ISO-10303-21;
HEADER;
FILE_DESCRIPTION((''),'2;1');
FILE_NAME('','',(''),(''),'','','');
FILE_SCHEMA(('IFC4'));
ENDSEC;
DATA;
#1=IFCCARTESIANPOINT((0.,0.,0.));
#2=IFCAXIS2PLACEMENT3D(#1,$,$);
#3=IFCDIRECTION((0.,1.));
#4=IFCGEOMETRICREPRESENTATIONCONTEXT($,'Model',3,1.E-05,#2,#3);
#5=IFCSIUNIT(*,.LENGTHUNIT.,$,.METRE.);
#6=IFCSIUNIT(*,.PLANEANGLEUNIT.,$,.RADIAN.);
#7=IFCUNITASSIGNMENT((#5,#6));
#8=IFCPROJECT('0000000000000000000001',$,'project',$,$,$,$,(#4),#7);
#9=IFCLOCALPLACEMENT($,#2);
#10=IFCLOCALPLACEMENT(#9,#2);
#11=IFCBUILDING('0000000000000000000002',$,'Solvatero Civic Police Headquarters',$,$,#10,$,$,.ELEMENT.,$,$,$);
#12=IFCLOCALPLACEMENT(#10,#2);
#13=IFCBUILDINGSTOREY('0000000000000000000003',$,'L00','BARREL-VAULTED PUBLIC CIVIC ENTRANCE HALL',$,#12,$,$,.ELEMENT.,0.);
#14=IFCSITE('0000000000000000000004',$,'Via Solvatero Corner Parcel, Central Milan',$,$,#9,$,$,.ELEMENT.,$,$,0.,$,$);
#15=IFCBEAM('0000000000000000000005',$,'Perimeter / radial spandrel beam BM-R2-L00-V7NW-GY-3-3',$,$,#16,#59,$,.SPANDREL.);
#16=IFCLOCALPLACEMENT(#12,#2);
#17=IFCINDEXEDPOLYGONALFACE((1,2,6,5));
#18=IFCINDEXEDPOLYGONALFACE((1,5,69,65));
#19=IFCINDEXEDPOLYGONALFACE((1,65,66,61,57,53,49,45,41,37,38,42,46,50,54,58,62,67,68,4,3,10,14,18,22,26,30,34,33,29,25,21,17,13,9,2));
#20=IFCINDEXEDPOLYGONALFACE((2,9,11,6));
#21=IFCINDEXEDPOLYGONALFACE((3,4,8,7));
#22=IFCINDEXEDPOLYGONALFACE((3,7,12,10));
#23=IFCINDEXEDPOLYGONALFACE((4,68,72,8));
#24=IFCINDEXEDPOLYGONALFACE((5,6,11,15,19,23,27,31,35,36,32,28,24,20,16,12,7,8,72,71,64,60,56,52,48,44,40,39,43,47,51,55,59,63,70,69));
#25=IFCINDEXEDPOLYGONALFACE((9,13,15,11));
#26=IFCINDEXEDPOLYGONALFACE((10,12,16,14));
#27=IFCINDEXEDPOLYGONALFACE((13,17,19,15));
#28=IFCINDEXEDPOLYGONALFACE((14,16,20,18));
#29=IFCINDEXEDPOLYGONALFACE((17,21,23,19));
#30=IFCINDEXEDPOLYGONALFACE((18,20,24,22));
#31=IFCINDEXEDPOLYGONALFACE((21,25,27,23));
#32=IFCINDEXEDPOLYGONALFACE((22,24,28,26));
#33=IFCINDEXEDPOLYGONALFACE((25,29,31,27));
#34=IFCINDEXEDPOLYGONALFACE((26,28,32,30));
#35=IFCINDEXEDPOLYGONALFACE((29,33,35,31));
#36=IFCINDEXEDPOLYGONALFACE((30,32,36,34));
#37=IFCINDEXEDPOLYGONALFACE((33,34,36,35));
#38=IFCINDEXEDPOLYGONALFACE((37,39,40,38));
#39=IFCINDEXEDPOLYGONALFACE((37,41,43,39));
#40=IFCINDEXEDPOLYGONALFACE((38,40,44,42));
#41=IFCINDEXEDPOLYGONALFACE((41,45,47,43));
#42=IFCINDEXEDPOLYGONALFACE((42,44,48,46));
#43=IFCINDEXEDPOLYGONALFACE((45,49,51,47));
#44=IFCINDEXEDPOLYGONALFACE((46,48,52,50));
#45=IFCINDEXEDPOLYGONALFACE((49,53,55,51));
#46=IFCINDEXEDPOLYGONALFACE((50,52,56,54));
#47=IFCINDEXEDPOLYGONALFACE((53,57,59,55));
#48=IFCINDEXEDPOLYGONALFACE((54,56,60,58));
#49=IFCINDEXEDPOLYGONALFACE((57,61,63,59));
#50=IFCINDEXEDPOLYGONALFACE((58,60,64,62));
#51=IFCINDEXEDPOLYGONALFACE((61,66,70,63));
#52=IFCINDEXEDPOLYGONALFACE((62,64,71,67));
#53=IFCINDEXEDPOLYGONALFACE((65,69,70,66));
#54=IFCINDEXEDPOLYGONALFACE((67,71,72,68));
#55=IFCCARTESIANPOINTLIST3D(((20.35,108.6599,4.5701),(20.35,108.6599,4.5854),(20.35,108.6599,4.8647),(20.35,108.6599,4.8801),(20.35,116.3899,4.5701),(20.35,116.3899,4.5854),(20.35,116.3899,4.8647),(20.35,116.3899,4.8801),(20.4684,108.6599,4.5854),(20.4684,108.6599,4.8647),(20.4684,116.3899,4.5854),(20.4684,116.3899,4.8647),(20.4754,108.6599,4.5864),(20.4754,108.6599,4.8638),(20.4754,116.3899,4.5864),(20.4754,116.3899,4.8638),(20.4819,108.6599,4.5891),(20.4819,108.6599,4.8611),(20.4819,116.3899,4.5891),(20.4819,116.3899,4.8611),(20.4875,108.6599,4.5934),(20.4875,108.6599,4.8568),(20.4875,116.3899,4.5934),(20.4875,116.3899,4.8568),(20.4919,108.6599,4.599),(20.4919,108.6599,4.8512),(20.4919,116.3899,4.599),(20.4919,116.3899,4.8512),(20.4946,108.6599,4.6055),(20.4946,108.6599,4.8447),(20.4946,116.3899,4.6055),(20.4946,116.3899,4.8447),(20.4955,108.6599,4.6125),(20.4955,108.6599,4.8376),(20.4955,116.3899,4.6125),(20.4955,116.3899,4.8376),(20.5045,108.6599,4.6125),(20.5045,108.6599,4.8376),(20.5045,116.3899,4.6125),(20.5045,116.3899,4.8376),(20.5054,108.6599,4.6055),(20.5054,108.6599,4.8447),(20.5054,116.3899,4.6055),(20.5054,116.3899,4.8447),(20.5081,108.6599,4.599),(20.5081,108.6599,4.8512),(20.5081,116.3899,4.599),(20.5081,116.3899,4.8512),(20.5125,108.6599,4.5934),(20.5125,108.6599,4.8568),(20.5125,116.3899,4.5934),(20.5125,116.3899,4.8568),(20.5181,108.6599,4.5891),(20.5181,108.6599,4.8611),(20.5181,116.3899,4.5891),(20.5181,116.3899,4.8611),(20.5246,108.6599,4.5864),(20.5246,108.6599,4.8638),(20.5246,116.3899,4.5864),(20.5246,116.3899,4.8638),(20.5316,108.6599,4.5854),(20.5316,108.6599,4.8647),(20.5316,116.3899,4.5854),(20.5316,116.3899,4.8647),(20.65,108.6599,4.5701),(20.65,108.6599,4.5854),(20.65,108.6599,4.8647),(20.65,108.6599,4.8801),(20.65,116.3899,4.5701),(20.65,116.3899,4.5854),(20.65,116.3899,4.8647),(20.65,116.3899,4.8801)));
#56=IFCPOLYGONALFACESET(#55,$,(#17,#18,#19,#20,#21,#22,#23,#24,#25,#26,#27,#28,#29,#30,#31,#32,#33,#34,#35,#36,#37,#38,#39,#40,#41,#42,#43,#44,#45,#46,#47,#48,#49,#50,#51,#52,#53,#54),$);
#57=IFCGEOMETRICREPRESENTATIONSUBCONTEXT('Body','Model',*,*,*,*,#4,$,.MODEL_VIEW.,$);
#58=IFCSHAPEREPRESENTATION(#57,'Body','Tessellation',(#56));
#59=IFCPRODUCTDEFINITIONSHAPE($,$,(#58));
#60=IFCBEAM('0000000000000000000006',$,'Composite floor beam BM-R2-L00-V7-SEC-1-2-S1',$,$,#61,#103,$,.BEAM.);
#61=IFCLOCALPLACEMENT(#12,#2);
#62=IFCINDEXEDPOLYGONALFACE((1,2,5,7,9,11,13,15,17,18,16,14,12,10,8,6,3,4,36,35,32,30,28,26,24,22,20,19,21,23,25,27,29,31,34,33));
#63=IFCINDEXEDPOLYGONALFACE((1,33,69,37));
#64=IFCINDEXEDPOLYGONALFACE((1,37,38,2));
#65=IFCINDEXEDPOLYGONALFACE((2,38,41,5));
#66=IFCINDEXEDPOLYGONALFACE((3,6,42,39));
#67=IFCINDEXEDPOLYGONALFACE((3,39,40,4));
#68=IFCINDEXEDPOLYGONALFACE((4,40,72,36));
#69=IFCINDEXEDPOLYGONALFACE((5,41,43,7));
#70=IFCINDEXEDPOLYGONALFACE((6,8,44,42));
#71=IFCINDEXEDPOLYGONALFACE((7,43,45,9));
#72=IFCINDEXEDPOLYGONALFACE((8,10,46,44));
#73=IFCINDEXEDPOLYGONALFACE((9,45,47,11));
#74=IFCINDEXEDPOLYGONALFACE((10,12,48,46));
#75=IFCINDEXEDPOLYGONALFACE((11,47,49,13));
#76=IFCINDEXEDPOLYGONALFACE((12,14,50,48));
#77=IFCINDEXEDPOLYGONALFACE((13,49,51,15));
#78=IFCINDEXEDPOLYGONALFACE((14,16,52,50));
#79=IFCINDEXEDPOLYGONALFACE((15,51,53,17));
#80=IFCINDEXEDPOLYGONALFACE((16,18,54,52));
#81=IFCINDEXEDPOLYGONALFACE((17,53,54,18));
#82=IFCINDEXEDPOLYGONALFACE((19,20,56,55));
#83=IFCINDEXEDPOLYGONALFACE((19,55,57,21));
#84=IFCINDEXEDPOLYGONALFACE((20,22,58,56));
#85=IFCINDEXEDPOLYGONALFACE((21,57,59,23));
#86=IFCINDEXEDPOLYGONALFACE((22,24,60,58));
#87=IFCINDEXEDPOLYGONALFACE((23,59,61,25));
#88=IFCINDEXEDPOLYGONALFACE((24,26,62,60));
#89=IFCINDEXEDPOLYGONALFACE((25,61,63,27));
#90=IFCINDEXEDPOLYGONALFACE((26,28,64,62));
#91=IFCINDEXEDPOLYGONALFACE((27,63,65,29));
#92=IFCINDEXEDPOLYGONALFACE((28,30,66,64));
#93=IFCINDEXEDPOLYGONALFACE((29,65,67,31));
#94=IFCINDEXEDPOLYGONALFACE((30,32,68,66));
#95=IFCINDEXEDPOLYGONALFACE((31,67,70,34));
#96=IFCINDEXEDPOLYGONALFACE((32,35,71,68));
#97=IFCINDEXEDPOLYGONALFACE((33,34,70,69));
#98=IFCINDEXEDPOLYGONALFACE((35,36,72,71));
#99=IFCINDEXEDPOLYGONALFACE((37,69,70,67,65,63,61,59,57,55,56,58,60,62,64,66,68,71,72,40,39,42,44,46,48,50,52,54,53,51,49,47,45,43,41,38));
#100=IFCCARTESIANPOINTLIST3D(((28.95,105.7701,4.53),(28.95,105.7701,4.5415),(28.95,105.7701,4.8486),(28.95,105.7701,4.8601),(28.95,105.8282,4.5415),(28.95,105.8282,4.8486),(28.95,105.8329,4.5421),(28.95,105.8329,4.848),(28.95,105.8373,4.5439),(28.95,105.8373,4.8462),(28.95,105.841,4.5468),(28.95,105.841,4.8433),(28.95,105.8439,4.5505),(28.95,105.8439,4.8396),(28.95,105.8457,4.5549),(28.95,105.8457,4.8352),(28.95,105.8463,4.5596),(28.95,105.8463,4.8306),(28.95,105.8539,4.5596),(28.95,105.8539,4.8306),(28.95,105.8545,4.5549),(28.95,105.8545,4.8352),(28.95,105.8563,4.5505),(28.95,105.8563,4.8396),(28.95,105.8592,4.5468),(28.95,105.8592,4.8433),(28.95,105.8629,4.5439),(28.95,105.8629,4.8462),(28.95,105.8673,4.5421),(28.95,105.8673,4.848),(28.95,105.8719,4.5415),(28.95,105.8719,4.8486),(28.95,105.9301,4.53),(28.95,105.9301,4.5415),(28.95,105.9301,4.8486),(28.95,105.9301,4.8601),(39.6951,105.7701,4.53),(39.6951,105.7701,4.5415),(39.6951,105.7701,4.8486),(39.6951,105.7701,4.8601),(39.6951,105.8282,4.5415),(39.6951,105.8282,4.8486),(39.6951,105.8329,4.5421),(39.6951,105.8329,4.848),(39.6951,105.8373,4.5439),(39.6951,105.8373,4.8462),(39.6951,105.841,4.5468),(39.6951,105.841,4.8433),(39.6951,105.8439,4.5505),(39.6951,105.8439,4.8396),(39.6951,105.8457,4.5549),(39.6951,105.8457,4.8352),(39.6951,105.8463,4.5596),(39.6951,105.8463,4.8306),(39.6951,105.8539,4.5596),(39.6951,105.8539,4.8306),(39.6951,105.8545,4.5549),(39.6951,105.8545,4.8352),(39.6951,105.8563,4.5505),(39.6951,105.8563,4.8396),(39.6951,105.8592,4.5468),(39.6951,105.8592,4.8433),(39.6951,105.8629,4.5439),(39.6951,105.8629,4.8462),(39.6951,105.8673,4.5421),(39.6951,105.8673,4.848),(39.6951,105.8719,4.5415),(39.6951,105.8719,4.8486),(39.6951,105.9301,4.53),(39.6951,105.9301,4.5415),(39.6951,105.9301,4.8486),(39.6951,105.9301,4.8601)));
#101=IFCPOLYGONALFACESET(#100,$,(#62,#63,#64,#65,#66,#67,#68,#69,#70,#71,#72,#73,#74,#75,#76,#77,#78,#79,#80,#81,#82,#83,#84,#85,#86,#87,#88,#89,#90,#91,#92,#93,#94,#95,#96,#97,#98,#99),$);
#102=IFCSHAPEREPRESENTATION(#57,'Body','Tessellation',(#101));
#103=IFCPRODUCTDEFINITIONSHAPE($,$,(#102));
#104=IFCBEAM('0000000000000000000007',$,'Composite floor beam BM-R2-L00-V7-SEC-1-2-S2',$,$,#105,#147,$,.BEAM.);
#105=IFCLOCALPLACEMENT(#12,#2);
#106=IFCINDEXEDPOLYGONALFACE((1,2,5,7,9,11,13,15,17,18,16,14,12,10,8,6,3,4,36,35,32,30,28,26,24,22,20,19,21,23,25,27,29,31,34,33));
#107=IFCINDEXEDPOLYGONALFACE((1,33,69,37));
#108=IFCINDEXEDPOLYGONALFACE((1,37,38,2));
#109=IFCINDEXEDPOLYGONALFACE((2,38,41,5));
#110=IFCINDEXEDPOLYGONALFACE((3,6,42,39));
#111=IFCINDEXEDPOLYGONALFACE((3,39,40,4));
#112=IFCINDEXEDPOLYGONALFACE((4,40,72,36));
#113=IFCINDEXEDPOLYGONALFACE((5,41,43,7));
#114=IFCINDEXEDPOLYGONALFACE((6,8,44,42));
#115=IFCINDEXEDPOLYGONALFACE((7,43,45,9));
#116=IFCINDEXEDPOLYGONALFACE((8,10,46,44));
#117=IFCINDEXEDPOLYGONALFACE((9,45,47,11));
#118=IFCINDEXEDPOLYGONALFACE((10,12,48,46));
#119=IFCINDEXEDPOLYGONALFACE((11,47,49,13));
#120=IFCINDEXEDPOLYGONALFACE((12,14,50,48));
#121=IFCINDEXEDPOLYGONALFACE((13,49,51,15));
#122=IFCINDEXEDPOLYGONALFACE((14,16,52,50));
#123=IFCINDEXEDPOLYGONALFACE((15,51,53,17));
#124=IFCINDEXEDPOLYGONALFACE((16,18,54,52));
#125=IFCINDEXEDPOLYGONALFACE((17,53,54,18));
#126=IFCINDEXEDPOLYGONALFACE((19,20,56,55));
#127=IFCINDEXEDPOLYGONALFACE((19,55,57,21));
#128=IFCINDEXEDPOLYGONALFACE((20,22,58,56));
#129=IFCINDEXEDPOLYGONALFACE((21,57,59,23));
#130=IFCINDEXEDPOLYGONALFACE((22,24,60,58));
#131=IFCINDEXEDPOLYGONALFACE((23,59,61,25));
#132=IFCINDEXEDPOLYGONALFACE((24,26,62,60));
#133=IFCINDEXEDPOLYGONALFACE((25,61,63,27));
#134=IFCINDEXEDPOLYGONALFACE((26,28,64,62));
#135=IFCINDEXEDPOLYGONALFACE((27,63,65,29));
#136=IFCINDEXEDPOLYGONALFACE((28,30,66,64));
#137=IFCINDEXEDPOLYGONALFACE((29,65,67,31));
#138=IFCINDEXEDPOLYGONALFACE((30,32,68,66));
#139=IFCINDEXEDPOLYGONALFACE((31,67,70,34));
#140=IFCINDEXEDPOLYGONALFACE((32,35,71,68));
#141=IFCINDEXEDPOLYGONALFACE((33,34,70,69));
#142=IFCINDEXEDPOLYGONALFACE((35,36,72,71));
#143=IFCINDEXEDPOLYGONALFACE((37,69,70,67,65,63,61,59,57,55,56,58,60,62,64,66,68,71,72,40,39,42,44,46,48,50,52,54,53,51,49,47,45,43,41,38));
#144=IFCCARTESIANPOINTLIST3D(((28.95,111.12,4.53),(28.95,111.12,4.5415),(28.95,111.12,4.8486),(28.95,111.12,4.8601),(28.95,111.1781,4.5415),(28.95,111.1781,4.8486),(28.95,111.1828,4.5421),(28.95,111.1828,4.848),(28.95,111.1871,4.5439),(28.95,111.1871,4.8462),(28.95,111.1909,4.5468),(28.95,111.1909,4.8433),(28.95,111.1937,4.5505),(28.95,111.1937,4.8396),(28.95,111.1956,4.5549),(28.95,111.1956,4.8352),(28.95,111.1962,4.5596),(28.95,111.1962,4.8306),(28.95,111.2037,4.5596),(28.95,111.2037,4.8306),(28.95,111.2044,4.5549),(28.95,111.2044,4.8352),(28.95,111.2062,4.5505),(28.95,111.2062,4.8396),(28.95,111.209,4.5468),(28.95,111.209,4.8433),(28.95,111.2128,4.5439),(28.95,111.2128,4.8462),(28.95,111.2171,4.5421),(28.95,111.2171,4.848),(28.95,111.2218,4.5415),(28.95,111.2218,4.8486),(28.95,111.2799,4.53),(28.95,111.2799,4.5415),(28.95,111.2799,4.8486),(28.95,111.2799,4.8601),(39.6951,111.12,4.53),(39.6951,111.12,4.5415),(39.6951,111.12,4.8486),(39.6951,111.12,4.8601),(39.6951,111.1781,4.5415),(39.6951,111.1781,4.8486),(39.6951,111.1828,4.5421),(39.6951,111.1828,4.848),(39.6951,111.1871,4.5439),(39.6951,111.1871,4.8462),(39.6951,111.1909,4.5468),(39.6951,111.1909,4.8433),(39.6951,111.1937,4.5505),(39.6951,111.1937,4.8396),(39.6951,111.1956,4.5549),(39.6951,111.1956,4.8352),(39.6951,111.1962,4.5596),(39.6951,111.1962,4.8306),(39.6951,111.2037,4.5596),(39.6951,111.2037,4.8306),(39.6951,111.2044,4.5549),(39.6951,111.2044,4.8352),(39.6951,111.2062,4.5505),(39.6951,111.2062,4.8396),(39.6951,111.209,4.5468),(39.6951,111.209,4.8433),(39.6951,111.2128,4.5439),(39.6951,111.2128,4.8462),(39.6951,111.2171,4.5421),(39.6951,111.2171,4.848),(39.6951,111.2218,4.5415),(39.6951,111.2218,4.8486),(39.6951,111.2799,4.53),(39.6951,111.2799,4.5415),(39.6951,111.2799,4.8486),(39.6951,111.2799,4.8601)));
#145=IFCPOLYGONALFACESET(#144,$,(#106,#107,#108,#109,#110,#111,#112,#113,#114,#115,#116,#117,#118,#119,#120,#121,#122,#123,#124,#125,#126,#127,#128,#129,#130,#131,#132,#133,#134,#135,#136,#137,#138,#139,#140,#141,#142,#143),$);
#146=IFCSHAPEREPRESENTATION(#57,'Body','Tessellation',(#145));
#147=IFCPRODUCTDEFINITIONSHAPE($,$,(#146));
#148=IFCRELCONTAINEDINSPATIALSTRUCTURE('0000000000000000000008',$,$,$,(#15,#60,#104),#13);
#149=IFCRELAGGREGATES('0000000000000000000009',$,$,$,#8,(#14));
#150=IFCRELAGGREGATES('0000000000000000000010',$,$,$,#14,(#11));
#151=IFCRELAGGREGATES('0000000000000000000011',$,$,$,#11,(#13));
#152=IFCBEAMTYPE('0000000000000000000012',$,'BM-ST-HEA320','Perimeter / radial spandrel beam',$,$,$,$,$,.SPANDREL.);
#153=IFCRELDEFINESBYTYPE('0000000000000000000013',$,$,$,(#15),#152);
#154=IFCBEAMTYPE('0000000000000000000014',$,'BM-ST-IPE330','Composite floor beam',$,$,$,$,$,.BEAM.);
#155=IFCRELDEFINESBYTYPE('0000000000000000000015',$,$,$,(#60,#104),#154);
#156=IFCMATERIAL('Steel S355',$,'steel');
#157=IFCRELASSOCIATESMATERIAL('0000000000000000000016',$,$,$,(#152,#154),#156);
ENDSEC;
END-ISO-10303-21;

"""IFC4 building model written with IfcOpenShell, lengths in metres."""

from ifc_helpers import new_model, si_unit, direction, frame, origin, origin_2d, place, context, subcontext, project, spatial, i_section, extrude, material, material_profile, profile_set, type_object, element, save


model = new_model("IFC4")

# Units and contexts
model_context = context("Model", 3, precision=1e-05, world=origin(), true_north=direction((0.0, 1.0)))
body_context = subcontext(model_context, "Body", "Model", "MODEL_VIEW")
ifc_project = project(units=[si_unit("LENGTHUNIT", "METRE"), si_unit("PLANEANGLEUNIT", "RADIAN")], contexts=[model_context])

# Site, building, storey
site_placement = place(None, origin())
site = spatial("IfcSite", under=ifc_project, at=site_placement, Name="Via Solvatero Corner Parcel, Central Milan", CompositionType="ELEMENT", RefElevation=0.0)
building_placement = place(site_placement, origin())
building = spatial("IfcBuilding", under=site, at=building_placement, Name="Solvatero Civic Police Headquarters", CompositionType="ELEMENT")
storey_placement = place(building_placement, origin())
storey = spatial("IfcBuildingStorey", under=building, at=storey_placement, Name="L00", Description="BARREL-VAULTED PUBLIC CIVIC ENTRANCE HALL", CompositionType="ELEMENT", Elevation=0.0)

# Beams
ifc_material_1 = material(Name="Steel S355", Category="steel")
ifc_material_profile_1 = material_profile(ifc_material_1, i_section(OverallWidth=0.3, OverallDepth=0.3101, WebThickness=0.009, FlangeThickness=0.0154, FilletRadius=0.0271, at=origin_2d()), Name="HEA 320")
ifc_profile_set_1 = profile_set([ifc_material_profile_1], Name="Steel S355")
beam_type_1 = type_object("IfcBeamType", Name="BM-ST-HEA320", Description="Perimeter / radial spandrel beam", PredefinedType="SPANDREL", material=ifc_profile_set_1)
beam_placement = place(storey_placement, frame((20.5, 108.6599, 4.7251), z_axis=(0.0, 1.0, 0.0), x_axis=(-1.0, 0.0, 0.0)))
element("IfcBeam", 1, at=beam_placement, inside=storey, type_object=beam_type_1, Name="Perimeter / radial spandrel beam BM-R2-L00-V7NW-GY-3-3", PredefinedType="SPANDREL", context=body_context, shape_type="SweptSolid", body=[
    extrude(i_section(OverallWidth=0.3, OverallDepth=0.3101, WebThickness=0.009, FlangeThickness=0.0154, FilletRadius=0.0271, at=origin_2d()), origin(), (0.0, 0.0, 1.0), 7.73),
])
ifc_material_profile_2 = material_profile(ifc_material_1, i_section(OverallWidth=0.1599, OverallDepth=0.3301, WebThickness=0.0076, FlangeThickness=0.0115, FilletRadius=0.0181, at=origin_2d()), Name="IPE 330")
ifc_profile_set_2 = profile_set([ifc_material_profile_2], Name="Steel S355")
beam_type_2 = type_object("IfcBeamType", Name="BM-ST-IPE330", Description="Composite floor beam", PredefinedType="BEAM", material=ifc_profile_set_2)
for number, where, z_axis, x_axis, name in (
    (2, (28.95, 105.8501, 4.6951), (1.0, 0.0, 0.0), (0.0, 1.0, 0.0), "Composite floor beam BM-R2-L00-V7-SEC-1-2-S1"),
    (3, (28.95, 111.2, 4.6951), (1.0, 0.0, 0.0), (0.0, 1.0, 0.0), "Composite floor beam BM-R2-L00-V7-SEC-1-2-S2"),
):
    element("IfcBeam", number, at=place(storey_placement, frame(where, z_axis=z_axis, x_axis=x_axis)), inside=storey, type_object=beam_type_2, Name=name, PredefinedType="BEAM", context=body_context, shape_type="SweptSolid", body=[
        extrude(i_section(OverallWidth=0.1599, OverallDepth=0.3301, WebThickness=0.0076, FlangeThickness=0.0115, FilletRadius=0.0181, at=origin_2d()), origin(), (0.0, 0.0, 1.0), 10.7451),
    ])

save(model, "model.ifc")
